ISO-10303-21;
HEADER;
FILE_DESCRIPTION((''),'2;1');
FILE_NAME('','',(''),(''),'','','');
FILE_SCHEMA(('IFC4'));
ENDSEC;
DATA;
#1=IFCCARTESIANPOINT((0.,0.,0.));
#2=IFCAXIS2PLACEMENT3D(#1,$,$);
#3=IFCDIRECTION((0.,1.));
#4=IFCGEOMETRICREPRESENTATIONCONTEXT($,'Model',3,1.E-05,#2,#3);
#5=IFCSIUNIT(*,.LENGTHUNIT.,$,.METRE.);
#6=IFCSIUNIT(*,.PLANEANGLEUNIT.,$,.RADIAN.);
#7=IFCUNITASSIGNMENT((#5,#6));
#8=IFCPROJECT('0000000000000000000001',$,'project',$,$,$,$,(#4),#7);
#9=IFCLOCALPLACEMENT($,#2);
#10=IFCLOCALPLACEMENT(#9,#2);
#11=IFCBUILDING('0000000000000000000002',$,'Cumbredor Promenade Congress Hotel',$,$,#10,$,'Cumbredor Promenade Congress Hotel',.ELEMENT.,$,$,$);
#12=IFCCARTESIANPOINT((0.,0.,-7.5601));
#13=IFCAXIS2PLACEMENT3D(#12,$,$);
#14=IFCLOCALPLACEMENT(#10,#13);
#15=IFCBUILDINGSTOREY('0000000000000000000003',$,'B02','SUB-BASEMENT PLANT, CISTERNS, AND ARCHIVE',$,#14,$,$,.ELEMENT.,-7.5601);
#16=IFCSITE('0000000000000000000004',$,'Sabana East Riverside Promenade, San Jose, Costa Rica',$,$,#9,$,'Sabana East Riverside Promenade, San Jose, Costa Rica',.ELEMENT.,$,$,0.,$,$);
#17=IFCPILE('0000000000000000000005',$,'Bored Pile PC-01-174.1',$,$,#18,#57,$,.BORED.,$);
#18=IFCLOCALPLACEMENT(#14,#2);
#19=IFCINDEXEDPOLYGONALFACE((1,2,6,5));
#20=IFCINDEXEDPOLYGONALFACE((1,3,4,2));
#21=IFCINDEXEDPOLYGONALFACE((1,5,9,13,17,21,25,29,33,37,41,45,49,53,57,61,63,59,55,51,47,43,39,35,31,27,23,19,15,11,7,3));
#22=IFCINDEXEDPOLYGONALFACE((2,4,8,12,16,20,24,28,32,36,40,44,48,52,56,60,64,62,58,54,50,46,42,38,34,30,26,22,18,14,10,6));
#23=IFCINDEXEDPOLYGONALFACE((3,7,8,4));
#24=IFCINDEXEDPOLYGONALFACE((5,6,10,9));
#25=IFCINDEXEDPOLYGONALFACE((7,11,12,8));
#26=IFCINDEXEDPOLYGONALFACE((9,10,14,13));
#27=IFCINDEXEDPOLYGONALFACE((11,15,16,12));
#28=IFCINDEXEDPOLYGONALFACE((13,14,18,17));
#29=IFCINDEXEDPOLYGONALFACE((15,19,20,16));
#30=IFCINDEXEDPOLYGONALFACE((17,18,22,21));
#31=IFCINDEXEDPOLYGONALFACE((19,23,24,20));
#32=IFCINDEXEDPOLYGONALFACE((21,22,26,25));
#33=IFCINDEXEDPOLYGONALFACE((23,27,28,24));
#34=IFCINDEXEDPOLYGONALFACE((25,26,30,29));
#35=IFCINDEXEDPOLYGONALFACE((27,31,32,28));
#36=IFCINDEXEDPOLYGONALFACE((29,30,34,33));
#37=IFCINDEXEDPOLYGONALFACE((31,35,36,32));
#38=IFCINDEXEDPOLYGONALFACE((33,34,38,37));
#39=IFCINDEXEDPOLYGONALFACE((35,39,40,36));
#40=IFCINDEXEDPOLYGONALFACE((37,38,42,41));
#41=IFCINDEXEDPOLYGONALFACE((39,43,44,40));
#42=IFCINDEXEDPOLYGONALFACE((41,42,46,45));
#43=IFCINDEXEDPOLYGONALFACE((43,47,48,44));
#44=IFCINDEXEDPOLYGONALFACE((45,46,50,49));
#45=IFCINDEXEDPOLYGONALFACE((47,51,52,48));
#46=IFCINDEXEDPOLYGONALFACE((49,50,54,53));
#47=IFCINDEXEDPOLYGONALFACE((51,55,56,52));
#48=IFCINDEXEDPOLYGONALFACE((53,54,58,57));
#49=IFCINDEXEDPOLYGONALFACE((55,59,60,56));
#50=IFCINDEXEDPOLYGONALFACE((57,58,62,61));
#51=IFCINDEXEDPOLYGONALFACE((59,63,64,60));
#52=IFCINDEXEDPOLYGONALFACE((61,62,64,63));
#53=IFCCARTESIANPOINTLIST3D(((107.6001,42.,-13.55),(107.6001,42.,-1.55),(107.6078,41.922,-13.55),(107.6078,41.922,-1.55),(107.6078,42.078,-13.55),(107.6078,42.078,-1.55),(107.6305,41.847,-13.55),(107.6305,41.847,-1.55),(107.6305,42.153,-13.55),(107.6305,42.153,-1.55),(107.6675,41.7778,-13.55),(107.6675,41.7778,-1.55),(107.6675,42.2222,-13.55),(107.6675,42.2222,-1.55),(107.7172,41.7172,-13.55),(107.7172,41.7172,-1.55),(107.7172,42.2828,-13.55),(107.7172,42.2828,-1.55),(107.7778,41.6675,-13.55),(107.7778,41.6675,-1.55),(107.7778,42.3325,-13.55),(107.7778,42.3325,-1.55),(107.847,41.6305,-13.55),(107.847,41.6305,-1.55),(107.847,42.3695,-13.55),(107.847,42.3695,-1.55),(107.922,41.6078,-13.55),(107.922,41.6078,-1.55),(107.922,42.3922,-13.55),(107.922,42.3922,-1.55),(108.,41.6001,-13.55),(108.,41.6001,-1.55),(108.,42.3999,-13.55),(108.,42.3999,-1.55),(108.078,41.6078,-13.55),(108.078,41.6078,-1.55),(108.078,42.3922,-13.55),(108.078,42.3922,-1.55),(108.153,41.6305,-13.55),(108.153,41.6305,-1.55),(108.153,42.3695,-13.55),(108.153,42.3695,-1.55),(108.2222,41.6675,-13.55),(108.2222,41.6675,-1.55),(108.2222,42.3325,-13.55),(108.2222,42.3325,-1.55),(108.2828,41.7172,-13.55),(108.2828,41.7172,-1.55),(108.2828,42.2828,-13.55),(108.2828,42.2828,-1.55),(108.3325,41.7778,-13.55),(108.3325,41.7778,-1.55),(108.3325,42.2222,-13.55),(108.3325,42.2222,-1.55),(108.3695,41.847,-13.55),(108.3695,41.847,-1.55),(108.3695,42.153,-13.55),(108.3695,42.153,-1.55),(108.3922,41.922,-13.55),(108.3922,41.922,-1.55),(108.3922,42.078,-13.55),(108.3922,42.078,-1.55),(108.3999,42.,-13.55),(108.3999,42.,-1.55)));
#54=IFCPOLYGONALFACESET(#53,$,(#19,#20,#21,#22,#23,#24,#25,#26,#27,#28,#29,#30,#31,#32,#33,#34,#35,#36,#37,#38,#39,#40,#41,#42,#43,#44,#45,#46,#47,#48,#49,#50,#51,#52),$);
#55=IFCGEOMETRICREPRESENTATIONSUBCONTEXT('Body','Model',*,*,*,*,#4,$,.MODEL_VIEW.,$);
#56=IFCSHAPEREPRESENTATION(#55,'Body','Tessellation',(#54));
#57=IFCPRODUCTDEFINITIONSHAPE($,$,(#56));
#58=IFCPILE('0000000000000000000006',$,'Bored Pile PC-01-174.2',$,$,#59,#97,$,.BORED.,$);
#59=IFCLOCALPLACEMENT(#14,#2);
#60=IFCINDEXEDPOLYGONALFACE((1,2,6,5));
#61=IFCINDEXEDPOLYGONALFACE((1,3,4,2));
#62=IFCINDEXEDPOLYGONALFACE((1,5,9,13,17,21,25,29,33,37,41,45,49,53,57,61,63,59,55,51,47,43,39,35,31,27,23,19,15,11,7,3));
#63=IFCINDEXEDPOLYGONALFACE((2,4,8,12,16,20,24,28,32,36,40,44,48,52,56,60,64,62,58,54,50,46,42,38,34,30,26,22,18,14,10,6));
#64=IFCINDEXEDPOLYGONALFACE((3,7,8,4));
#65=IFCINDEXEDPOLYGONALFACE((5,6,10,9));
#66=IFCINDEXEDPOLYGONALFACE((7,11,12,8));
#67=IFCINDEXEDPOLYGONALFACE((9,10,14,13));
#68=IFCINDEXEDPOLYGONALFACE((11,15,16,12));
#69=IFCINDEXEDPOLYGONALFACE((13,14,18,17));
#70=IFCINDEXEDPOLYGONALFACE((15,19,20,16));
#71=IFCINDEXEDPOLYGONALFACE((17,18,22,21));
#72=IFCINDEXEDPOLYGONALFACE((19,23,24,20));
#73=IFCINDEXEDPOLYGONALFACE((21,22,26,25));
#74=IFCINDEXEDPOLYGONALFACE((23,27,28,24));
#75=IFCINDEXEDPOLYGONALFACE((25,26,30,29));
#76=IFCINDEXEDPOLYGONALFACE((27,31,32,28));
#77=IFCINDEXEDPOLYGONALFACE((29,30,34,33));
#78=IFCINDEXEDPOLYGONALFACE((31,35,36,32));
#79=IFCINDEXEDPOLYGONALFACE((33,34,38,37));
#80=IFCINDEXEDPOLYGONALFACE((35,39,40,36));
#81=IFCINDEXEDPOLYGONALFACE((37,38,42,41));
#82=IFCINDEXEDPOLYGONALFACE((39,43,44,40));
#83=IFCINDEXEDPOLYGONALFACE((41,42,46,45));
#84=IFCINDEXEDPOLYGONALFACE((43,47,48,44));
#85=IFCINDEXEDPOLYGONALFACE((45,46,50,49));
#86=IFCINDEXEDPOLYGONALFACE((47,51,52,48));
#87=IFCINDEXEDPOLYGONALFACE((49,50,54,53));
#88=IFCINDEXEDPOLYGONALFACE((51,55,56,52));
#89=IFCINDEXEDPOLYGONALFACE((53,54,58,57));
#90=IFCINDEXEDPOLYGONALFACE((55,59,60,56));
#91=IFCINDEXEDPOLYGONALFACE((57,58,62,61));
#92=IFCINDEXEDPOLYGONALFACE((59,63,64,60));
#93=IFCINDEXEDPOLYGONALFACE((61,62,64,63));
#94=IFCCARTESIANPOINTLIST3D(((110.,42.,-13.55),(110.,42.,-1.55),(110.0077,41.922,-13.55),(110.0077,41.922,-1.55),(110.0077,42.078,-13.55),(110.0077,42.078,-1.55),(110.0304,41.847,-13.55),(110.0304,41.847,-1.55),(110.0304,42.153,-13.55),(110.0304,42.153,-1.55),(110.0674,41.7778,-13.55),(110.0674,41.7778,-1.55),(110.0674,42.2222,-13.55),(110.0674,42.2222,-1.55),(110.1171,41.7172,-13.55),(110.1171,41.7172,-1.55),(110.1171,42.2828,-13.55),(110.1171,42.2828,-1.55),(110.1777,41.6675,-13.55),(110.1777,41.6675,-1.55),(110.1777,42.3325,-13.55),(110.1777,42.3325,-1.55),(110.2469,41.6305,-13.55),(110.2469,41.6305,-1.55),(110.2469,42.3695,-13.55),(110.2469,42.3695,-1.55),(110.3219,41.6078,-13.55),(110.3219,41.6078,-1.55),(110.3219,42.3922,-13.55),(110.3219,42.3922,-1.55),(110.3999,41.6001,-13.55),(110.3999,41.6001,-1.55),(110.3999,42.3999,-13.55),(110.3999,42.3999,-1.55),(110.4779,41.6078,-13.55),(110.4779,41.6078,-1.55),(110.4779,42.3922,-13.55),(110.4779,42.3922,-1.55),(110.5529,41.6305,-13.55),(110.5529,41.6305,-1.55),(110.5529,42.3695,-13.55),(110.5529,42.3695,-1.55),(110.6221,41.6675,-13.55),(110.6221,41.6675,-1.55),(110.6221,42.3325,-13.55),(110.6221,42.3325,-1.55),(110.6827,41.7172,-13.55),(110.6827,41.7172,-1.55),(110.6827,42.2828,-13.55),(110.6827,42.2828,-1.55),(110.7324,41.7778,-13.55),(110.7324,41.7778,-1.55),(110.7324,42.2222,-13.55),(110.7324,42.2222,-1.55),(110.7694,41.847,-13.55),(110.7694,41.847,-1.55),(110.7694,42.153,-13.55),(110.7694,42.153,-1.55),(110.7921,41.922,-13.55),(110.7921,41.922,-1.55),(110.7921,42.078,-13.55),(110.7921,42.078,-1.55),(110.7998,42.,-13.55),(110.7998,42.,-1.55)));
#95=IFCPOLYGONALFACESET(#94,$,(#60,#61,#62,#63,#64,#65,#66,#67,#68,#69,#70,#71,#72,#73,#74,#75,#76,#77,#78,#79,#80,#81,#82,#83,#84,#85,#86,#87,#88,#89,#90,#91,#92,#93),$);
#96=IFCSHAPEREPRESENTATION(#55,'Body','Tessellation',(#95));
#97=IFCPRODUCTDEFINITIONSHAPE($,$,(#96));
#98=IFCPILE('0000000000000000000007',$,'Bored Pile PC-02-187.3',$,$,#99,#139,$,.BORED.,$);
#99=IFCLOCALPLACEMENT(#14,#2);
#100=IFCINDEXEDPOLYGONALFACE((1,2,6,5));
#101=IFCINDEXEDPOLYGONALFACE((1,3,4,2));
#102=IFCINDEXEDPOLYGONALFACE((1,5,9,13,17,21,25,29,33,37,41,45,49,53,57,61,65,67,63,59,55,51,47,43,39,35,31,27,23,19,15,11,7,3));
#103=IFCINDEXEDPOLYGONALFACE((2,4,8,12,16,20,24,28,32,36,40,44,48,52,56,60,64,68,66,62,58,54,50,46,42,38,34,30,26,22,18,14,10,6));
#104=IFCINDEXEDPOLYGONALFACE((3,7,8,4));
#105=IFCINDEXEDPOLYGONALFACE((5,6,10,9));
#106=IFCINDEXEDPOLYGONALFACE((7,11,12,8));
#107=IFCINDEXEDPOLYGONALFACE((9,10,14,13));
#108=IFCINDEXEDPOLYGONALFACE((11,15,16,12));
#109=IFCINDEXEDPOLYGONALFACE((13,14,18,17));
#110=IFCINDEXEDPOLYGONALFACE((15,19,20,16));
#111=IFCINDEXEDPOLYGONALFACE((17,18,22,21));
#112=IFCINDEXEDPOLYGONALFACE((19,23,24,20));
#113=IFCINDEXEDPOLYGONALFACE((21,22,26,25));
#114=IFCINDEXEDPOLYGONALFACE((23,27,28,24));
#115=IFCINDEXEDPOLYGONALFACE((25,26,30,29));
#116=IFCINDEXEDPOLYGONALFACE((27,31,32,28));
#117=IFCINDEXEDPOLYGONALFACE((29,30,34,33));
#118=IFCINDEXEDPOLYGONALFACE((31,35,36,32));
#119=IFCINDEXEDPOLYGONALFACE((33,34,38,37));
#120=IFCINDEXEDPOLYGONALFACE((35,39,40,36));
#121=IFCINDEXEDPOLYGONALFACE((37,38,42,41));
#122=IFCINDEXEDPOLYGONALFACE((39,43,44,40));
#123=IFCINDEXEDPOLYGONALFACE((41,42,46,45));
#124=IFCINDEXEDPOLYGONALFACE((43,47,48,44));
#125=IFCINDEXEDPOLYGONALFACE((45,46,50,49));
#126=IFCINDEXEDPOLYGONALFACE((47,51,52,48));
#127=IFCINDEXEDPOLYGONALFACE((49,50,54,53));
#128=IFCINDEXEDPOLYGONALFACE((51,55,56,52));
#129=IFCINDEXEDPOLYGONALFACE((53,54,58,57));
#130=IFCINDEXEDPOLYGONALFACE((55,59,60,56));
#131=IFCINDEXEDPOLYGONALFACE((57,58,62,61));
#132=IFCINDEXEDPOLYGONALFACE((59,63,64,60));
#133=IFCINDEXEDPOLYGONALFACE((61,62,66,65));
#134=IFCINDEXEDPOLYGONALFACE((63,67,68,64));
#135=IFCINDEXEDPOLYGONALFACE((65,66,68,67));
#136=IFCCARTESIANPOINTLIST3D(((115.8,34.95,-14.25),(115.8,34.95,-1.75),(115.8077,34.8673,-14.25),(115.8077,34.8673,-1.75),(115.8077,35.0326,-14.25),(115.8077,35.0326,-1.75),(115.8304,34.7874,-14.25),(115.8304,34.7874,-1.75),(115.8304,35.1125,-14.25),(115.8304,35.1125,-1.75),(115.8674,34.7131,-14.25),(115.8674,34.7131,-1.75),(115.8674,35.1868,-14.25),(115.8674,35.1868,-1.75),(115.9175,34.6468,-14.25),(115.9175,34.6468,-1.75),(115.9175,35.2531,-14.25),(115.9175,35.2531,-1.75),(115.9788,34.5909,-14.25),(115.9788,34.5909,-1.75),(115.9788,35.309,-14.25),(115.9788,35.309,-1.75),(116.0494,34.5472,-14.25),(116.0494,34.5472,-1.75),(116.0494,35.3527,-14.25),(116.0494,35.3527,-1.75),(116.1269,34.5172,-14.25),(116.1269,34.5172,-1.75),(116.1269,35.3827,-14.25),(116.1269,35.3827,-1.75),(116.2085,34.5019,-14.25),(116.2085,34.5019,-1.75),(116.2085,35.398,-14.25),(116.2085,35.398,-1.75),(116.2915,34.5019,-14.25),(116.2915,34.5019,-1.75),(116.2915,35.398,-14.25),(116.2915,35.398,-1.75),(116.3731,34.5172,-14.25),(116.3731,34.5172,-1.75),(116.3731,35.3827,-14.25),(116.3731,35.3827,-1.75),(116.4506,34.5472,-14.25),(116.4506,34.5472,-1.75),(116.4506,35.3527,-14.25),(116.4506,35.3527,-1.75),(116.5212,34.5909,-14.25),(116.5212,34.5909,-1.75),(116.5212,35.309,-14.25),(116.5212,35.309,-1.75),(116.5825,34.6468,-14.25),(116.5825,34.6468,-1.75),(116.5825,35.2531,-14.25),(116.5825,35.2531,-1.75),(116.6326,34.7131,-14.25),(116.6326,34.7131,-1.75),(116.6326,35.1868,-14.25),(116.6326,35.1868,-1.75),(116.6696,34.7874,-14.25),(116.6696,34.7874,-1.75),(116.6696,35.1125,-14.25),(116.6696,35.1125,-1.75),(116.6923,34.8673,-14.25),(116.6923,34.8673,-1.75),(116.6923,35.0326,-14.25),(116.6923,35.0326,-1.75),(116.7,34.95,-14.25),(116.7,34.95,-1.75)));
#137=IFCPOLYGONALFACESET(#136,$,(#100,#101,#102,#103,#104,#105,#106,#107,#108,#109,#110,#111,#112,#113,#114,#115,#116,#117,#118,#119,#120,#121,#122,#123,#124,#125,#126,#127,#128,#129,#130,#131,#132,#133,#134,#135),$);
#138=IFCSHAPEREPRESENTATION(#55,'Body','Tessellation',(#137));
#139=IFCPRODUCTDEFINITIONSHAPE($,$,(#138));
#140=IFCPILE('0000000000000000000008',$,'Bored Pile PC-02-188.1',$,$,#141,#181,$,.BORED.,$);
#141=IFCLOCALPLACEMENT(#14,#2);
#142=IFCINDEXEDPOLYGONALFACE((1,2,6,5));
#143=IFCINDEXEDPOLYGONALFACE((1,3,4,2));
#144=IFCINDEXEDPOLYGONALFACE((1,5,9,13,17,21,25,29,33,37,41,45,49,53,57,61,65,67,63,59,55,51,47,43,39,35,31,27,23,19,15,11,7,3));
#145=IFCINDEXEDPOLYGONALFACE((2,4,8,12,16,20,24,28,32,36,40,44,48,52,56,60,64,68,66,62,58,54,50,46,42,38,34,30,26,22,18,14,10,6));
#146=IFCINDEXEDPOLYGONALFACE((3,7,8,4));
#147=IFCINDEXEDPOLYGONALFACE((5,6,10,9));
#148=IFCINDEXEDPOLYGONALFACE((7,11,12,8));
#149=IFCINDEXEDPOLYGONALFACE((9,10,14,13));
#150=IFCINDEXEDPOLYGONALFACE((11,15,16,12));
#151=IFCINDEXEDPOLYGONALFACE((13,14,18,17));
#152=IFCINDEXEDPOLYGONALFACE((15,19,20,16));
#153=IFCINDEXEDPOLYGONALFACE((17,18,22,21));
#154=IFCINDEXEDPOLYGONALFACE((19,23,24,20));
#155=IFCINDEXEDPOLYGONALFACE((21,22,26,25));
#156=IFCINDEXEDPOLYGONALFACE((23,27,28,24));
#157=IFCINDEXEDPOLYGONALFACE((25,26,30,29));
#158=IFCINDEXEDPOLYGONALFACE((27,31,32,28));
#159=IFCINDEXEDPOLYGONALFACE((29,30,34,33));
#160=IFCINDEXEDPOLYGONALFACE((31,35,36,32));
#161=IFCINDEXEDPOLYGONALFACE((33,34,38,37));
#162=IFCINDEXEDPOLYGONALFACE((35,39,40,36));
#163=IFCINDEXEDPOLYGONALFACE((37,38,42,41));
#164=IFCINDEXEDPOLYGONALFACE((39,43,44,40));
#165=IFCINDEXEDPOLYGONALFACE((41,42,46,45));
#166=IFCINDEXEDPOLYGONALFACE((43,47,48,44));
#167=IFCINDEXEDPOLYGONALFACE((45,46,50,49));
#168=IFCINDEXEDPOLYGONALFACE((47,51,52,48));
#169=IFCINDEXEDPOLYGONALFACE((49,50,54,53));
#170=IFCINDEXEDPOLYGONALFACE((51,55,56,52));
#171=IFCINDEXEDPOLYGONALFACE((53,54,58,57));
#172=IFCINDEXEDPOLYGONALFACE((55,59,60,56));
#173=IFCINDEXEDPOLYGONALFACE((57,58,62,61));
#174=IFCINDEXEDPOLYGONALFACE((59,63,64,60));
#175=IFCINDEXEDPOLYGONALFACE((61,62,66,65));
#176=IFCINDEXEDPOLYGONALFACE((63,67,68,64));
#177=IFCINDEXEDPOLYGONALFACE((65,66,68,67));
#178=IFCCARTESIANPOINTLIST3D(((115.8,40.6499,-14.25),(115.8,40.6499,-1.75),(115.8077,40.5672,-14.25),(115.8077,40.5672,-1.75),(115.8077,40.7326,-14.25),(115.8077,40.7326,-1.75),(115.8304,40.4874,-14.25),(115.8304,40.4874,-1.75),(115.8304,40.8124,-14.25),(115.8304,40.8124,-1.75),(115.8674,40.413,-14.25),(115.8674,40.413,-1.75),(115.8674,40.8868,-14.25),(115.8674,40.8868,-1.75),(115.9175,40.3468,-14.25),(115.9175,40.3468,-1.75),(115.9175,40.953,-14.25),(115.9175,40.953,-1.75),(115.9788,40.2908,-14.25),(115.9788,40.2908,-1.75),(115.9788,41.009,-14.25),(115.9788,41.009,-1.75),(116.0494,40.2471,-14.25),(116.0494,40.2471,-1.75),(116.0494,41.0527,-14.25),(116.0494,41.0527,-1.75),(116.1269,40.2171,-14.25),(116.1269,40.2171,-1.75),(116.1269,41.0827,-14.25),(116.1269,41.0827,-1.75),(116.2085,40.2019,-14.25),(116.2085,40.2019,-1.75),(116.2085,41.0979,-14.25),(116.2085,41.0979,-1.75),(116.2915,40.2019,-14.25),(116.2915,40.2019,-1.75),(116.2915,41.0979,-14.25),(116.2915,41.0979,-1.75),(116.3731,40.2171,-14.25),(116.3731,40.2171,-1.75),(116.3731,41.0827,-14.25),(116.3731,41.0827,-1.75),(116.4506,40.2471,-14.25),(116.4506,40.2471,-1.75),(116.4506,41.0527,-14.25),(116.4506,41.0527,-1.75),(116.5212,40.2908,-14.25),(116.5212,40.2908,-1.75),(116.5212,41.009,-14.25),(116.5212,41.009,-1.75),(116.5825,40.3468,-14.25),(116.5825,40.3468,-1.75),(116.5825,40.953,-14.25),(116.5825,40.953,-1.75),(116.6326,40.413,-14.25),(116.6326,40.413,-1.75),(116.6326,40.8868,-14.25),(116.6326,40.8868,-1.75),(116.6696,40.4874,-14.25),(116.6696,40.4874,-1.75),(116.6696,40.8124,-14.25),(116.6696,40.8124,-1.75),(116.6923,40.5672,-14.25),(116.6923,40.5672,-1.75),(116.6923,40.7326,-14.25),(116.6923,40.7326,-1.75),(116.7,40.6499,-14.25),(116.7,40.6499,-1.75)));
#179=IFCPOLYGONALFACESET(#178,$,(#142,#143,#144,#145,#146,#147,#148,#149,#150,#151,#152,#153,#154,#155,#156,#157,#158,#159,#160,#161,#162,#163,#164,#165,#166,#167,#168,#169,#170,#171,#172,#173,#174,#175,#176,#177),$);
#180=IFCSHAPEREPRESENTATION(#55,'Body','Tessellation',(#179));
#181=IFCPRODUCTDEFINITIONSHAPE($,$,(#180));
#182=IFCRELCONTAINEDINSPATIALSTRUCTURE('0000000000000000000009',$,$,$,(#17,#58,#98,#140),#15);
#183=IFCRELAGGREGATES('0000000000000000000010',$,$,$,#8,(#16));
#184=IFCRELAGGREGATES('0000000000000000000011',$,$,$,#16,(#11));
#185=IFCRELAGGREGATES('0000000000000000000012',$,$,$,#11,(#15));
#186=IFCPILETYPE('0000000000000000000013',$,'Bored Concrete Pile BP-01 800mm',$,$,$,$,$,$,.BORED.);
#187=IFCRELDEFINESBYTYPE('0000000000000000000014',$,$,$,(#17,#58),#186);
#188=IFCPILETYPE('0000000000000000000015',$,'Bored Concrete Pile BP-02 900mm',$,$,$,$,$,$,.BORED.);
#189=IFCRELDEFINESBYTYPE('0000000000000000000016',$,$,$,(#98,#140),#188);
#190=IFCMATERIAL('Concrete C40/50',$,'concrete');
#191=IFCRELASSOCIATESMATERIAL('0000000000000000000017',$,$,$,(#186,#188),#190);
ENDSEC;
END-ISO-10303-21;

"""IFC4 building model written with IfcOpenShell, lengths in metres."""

from ifc_helpers import new_model, si_unit, direction, frame, origin, origin_2d, place, context, subcontext, project, spatial, circle, extrude, material, material_profile, profile_set, type_object, element, save


model = new_model("IFC4")

# Units and contexts
model_context = context("Model", 3, precision=1e-05, world=origin(), true_north=direction((0.0, 1.0)))
body_context = subcontext(model_context, "Body", "Model", "MODEL_VIEW")
ifc_project = project(units=[si_unit("LENGTHUNIT", "METRE"), si_unit("PLANEANGLEUNIT", "RADIAN")], contexts=[model_context])

# Site, building, storey
site_placement = place(None, origin())
site = spatial("IfcSite", under=ifc_project, at=site_placement, Name="Sabana East Riverside Promenade, San Jose, Costa Rica", LongName="Sabana East Riverside Promenade, San Jose, Costa Rica", CompositionType="ELEMENT", RefElevation=0.0)
building_placement = place(site_placement, origin())
building = spatial("IfcBuilding", under=site, at=building_placement, Name="Cumbredor Promenade Congress Hotel", LongName="Cumbredor Promenade Congress Hotel", CompositionType="ELEMENT")
storey_placement = place(building_placement, frame((0.0, 0.0, -7.5601)))
storey = spatial("IfcBuildingStorey", under=building, at=storey_placement, Name="B02", Description="SUB-BASEMENT PLANT, CISTERNS, AND ARCHIVE", CompositionType="ELEMENT", Elevation=-7.5601)

# Piles
ifc_material_1 = material(Name="Concrete C40/50", Category="concrete")
ifc_material_profile_1 = material_profile(ifc_material_1, circle(Radius=0.3999, at=origin_2d()), Name="PILE D800")
ifc_profile_set_1 = profile_set([ifc_material_profile_1], Name="Concrete C40/50")
pile_type_1 = type_object("IfcPileType", Name="Bored Concrete Pile BP-01 800mm", PredefinedType="BORED", material=ifc_profile_set_1)
for number, where, z_axis, x_axis, name in (
    (1, (108.0, 42.0, -1.55), (0.0, 0.0, -1.0), (1.0, 0.0, 0.0), "Bored Pile PC-01-174.1"),
    (2, (110.3999, 42.0, -1.55), (0.0, 0.0, -1.0), (1.0, 0.0, 0.0), "Bored Pile PC-01-174.2"),
):
    element("IfcPile", number, at=place(storey_placement, frame(where, z_axis=z_axis, x_axis=x_axis)), inside=storey, type_object=pile_type_1, Name=name, PredefinedType="BORED", context=body_context, shape_type="SweptSolid", body=[
        extrude(circle(Radius=0.3999, at=origin_2d()), origin(), (0.0, 0.0, 1.0), 12.0),
    ])
ifc_material_profile_2 = material_profile(ifc_material_1, circle(Radius=0.45, at=origin_2d()), Name="PILE D900")
ifc_profile_set_2 = profile_set([ifc_material_profile_2], Name="Concrete C40/50")
pile_type_2 = type_object("IfcPileType", Name="Bored Concrete Pile BP-02 900mm", PredefinedType="BORED", material=ifc_profile_set_2)
for number, where, z_axis, x_axis, name in (
    (3, (116.25, 34.95, -1.75), (0.0, 0.0, -1.0), (1.0, 0.0, 0.0), "Bored Pile PC-02-187.3"),
    (4, (116.25, 40.6499, -1.75), (0.0, 0.0, -1.0), (1.0, 0.0, 0.0), "Bored Pile PC-02-188.1"),
):
    element("IfcPile", number, at=place(storey_placement, frame(where, z_axis=z_axis, x_axis=x_axis)), inside=storey, type_object=pile_type_2, Name=name, PredefinedType="BORED", context=body_context, shape_type="SweptSolid", body=[
        extrude(circle(Radius=0.45, at=origin_2d()), origin(), (0.0, 0.0, 1.0), 12.5),
    ])

save(model, "model.ifc")
